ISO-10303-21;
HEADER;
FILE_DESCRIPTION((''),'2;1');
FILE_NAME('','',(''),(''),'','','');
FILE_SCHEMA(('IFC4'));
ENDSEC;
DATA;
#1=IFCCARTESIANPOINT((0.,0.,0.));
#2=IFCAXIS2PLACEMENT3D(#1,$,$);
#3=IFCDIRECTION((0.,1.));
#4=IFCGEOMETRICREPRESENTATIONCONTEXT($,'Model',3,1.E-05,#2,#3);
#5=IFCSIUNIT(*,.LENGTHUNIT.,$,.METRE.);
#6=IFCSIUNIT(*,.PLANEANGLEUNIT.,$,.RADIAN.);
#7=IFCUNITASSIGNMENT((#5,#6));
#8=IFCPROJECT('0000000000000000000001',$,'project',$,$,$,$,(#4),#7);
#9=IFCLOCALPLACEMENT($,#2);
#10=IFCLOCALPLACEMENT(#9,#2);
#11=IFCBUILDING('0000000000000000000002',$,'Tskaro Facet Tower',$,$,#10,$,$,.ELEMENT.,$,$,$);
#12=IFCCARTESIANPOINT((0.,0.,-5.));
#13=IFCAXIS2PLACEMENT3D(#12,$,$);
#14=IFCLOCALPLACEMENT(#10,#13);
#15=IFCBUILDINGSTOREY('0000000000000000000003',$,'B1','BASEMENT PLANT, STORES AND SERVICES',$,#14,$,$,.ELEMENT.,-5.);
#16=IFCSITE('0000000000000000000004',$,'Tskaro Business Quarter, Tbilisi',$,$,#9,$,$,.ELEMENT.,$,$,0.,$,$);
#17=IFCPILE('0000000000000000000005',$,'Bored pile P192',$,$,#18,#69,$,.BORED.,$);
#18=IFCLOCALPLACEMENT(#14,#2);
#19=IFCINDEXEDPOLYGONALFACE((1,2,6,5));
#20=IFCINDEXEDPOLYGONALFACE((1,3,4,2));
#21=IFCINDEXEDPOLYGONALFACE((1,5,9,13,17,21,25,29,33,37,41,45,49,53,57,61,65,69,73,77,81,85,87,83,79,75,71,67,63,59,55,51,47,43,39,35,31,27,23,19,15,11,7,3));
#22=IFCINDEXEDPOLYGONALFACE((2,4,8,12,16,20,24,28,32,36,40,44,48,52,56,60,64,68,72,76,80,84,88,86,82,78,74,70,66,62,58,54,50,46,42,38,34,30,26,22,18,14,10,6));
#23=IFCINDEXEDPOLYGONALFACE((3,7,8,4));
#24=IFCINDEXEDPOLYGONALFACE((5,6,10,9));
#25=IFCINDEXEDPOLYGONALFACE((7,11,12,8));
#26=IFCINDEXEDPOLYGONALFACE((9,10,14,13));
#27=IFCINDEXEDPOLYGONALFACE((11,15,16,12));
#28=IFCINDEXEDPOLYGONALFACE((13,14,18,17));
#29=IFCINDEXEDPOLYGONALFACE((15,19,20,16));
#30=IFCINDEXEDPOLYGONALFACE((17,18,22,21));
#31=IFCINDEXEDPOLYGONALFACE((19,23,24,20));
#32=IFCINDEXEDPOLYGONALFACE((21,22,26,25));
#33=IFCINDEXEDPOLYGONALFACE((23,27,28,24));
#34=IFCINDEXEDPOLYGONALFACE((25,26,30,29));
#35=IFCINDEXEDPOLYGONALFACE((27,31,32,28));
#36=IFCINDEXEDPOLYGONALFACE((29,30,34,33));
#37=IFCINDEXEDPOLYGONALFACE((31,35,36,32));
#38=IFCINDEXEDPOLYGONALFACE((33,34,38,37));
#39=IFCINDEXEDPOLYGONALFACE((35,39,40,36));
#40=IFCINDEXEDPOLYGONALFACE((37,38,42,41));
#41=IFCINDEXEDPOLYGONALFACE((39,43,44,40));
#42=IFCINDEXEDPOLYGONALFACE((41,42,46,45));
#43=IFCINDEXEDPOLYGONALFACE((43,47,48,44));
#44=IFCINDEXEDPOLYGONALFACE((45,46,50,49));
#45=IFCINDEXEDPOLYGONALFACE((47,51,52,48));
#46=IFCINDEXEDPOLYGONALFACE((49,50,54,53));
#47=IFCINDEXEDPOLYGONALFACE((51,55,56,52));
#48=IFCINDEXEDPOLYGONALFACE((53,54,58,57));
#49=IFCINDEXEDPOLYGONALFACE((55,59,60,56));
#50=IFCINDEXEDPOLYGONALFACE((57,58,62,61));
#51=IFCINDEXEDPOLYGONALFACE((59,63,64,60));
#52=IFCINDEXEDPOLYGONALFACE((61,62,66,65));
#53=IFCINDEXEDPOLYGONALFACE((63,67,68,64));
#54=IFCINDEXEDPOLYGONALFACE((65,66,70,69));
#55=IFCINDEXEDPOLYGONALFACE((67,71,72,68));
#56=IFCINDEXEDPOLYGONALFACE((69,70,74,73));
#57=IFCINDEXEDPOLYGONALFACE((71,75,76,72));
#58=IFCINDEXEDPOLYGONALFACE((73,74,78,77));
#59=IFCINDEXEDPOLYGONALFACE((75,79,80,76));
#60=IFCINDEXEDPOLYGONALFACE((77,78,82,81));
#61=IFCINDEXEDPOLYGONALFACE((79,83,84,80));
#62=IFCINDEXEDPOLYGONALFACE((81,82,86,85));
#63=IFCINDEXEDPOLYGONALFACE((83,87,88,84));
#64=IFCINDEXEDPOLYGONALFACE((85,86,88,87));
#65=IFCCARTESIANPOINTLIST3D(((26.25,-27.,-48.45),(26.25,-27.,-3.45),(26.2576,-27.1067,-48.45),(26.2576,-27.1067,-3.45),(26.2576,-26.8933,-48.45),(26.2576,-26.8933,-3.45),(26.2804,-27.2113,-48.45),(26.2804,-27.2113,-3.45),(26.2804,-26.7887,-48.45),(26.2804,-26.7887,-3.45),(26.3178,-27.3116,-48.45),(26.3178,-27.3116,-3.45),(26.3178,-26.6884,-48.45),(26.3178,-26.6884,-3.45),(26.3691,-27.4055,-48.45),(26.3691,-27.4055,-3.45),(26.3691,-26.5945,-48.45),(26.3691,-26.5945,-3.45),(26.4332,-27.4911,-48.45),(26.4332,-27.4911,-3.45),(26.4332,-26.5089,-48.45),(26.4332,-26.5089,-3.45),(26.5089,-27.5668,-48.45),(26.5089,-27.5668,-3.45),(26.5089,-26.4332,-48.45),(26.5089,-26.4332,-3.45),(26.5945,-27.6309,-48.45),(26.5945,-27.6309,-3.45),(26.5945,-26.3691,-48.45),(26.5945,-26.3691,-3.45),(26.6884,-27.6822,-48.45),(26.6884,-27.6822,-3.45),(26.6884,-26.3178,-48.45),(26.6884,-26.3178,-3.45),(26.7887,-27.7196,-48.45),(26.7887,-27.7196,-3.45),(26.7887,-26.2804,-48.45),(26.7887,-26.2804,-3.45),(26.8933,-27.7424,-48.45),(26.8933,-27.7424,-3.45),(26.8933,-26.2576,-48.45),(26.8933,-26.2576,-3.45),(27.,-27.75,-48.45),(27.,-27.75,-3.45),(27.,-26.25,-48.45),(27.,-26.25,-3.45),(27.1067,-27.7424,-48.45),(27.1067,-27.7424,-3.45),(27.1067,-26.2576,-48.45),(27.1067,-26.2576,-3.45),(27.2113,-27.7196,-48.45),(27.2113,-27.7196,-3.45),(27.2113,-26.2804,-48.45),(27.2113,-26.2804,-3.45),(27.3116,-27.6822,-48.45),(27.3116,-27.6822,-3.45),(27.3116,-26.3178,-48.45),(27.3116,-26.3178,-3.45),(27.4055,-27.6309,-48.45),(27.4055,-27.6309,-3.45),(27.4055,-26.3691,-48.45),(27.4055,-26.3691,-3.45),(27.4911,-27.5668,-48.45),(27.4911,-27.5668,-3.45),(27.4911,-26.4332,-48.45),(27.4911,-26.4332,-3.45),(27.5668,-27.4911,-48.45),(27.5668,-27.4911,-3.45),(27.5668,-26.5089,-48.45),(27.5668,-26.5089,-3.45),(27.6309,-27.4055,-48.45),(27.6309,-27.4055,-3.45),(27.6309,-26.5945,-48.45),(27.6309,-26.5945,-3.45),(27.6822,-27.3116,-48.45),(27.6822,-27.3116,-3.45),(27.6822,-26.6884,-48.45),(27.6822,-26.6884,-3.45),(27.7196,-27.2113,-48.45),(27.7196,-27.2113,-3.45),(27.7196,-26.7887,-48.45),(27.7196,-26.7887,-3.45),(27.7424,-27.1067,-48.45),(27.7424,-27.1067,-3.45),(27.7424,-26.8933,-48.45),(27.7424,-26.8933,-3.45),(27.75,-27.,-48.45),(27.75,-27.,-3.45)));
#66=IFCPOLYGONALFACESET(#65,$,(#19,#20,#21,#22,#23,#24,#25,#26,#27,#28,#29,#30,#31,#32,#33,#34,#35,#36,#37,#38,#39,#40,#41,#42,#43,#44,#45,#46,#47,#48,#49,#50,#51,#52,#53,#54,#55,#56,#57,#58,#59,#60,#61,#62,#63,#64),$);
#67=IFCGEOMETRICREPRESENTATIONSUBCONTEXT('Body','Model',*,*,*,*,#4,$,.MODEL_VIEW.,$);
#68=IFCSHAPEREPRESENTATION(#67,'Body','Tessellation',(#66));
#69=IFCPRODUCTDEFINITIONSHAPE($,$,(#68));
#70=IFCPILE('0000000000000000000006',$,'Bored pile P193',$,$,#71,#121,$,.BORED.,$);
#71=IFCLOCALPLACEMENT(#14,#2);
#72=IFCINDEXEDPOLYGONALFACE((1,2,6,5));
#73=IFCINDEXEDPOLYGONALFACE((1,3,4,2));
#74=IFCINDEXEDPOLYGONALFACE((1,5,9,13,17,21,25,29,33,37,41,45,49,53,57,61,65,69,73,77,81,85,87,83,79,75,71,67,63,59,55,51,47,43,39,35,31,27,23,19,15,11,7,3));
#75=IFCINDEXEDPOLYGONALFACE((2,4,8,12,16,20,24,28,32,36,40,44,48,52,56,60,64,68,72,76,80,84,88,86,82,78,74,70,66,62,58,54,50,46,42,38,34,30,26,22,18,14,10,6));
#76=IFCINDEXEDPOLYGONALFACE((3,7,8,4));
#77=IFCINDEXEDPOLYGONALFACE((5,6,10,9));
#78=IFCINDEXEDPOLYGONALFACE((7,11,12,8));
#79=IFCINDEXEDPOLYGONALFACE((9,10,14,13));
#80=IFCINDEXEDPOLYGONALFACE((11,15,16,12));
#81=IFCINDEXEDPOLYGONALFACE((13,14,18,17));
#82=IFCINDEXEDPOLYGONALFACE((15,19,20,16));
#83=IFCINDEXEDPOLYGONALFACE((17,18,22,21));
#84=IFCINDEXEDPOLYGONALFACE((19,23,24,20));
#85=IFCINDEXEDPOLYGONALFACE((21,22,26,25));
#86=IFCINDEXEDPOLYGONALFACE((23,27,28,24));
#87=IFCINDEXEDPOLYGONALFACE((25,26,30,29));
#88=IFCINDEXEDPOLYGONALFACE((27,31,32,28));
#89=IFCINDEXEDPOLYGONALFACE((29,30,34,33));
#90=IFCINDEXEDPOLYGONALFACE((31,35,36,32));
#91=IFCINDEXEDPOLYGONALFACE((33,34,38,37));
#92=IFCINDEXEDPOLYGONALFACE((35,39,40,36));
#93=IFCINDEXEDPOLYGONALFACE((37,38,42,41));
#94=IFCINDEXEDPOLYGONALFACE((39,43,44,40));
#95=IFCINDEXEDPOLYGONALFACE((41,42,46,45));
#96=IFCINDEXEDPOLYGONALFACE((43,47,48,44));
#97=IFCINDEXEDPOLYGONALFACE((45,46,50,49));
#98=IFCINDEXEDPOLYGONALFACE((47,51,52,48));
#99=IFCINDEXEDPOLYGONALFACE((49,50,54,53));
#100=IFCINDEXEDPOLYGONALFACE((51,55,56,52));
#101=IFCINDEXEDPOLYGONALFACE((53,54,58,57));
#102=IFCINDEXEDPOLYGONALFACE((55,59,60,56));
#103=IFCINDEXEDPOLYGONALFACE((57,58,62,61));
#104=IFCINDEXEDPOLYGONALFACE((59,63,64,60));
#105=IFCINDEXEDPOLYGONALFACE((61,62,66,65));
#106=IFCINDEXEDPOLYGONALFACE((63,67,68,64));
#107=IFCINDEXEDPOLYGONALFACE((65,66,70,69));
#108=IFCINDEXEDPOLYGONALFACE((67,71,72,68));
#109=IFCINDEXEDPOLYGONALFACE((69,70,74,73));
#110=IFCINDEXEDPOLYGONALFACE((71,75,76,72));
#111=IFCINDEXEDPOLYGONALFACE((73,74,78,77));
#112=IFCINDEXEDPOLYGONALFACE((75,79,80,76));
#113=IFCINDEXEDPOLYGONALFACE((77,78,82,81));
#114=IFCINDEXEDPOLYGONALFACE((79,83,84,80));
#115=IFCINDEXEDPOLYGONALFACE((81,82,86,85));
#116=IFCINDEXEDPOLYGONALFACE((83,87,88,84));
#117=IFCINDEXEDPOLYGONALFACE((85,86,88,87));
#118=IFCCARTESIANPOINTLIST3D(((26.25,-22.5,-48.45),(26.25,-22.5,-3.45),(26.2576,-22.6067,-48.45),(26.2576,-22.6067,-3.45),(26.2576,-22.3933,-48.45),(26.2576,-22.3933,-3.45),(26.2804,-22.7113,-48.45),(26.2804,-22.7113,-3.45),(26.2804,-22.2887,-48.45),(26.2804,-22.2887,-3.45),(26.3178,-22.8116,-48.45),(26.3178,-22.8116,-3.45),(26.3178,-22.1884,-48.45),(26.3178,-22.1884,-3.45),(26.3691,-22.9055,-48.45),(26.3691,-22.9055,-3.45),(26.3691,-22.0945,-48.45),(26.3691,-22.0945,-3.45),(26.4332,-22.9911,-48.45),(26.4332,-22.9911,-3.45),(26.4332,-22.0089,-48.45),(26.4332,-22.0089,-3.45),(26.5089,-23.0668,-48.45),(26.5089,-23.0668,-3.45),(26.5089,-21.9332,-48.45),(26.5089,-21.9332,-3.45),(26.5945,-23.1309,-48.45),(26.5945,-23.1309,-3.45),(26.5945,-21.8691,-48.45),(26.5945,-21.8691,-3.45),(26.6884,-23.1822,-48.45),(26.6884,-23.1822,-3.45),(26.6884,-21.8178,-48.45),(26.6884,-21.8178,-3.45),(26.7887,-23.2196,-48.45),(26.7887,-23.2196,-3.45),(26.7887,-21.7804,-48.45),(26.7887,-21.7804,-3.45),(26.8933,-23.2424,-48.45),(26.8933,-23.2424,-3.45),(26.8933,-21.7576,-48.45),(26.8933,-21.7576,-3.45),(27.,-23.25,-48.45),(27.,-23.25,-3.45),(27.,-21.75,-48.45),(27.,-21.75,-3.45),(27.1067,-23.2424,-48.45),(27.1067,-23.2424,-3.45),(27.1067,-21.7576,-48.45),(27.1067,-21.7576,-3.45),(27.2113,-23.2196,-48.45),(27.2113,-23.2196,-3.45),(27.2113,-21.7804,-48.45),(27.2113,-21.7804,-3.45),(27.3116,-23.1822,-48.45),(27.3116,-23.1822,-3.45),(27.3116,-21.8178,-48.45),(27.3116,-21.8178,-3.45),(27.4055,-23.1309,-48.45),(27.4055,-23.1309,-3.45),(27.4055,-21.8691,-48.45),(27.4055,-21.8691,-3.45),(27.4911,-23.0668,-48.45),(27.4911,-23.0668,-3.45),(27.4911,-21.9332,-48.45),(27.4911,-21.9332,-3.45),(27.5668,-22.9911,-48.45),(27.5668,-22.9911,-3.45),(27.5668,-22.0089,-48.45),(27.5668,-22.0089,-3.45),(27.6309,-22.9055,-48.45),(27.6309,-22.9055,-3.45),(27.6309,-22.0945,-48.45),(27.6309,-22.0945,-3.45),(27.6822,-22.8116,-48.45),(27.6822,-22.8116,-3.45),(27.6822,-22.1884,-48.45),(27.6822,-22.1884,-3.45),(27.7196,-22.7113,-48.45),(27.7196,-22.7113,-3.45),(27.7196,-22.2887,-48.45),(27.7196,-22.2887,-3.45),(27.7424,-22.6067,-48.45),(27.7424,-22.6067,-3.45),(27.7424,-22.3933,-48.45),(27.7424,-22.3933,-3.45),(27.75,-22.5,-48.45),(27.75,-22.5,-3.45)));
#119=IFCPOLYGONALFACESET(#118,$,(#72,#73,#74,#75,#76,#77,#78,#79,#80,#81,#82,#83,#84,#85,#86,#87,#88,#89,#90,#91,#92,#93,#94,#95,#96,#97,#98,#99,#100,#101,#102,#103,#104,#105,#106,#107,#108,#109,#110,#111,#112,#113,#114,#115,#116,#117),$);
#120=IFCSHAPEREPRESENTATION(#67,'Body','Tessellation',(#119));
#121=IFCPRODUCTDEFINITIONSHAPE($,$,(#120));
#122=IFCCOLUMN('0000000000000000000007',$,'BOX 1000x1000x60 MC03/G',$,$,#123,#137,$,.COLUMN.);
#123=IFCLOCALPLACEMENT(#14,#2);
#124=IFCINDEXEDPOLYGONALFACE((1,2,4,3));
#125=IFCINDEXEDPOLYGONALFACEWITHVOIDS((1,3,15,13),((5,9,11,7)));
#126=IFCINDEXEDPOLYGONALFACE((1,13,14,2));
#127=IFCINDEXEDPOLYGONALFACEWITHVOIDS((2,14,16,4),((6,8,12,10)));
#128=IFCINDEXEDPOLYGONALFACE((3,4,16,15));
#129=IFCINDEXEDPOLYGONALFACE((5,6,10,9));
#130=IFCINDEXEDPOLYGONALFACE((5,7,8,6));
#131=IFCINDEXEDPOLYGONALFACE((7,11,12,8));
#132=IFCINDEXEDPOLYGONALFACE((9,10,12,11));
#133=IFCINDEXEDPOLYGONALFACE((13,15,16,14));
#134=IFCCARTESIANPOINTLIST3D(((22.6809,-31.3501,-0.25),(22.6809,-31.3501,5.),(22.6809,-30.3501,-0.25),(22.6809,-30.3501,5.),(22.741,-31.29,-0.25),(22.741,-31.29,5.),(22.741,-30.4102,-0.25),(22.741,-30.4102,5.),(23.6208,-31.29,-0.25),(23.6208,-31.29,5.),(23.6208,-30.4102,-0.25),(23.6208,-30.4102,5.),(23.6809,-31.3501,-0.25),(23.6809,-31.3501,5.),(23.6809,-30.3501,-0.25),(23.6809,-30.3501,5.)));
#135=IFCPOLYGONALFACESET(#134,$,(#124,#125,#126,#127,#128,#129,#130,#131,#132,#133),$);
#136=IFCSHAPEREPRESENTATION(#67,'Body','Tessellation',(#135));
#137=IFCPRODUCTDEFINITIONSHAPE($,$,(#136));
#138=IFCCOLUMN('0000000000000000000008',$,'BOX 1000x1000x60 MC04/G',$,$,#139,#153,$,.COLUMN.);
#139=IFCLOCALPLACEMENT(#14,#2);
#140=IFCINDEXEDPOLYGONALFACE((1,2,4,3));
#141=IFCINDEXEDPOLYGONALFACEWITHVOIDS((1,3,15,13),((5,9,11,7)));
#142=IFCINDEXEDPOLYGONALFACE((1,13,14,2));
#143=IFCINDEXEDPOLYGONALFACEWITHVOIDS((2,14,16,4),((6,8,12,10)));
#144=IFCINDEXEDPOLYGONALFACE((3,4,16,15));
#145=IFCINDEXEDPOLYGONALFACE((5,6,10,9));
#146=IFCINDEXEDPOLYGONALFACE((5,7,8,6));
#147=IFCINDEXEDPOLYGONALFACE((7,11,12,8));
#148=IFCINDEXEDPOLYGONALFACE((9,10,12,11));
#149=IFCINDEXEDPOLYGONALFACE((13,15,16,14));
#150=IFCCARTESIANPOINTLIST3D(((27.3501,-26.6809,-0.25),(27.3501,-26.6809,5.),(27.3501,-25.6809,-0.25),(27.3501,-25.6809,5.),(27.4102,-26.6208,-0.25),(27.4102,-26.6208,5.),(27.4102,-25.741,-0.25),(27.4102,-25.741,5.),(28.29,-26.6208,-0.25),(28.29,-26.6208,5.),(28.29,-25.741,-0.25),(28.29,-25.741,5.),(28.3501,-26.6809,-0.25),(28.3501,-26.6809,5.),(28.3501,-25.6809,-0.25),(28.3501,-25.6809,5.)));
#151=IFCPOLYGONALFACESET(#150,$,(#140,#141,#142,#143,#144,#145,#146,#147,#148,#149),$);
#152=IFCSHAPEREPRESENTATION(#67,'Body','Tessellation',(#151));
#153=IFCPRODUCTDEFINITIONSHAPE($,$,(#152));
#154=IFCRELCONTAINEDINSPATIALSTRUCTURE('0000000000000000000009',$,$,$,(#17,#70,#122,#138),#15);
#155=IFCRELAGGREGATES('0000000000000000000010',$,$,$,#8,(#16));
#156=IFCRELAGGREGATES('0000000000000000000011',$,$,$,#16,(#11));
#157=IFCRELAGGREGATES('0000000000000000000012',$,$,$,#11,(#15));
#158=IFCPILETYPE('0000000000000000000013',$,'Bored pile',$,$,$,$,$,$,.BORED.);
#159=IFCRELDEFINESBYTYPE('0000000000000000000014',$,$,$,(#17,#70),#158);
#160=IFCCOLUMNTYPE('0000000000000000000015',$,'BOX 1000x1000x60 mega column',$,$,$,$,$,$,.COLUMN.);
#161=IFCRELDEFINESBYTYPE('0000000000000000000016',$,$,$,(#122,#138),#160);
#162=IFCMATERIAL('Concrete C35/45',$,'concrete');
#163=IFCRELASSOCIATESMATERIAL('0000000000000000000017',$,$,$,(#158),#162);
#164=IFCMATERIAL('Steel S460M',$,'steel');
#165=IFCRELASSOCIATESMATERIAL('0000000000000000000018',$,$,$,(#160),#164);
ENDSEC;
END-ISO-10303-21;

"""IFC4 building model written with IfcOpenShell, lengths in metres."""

from ifc_helpers import new_model, si_unit, direction, frame, origin, origin_2d, place, context, subcontext, project, spatial, hollow_rectangle, circle, extrude, material, material_profile, profile_set, type_object, element, save


model = new_model("IFC4")

# Units and contexts
model_context = context("Model", 3, precision=1e-05, world=origin(), true_north=direction((0.0, 1.0)))
body_context = subcontext(model_context, "Body", "Model", "MODEL_VIEW")
ifc_project = project(units=[si_unit("LENGTHUNIT", "METRE"), si_unit("PLANEANGLEUNIT", "RADIAN")], contexts=[model_context])

# Site, building, storey
site_placement = place(None, origin())
site = spatial("IfcSite", under=ifc_project, at=site_placement, Name="Tskaro Business Quarter, Tbilisi", CompositionType="ELEMENT", RefElevation=0.0)
building_placement = place(site_placement, origin())
building = spatial("IfcBuilding", under=site, at=building_placement, Name="Tskaro Facet Tower", CompositionType="ELEMENT")
storey_placement = place(building_placement, frame((0.0, 0.0, -5.0)))
storey = spatial("IfcBuildingStorey", under=building, at=storey_placement, Name="B1", Description="BASEMENT PLANT, STORES AND SERVICES", CompositionType="ELEMENT", Elevation=-5.0)

# Piles
ifc_material_1 = material(Name="Concrete C35/45", Category="concrete")
ifc_material_profile_1 = material_profile(ifc_material_1, circle(Radius=0.75, at=origin_2d()), Name="Bored pile")
ifc_profile_set_1 = profile_set([ifc_material_profile_1], Name="Concrete C35/45")
pile_type = type_object("IfcPileType", Name="Bored pile", PredefinedType="BORED", material=ifc_profile_set_1)
for number, where, z_axis, x_axis, name in (
    (1, (27.0, -27.0, -3.45), (0.0, 0.0, -1.0), (1.0, 0.0, 0.0), "Bored pile P192"),
    (2, (27.0, -22.5, -3.45), (0.0, 0.0, -1.0), (1.0, 0.0, 0.0), "Bored pile P193"),
):
    element("IfcPile", number, at=place(storey_placement, frame(where, z_axis=z_axis, x_axis=x_axis)), inside=storey, type_object=pile_type, Name=name, PredefinedType="BORED", context=body_context, shape_type="SweptSolid", body=[
        extrude(circle(Radius=0.75, at=origin_2d()), origin(), (0.0, 0.0, 1.0), 45.0),
    ])

# Columns
ifc_material_2 = material(Name="Steel S460M", Category="steel")
ifc_material_profile_2 = material_profile(ifc_material_2, hollow_rectangle(XDim=1.0, YDim=1.0, WallThickness=0.0601, at=origin_2d()), Name="BOX 1000x1000x60")
ifc_profile_set_2 = profile_set([ifc_material_profile_2], Name="Steel S460M")
column_type_1 = type_object("IfcColumnType", Name="BOX 1000x1000x60 mega column", PredefinedType="COLUMN", material=ifc_profile_set_2)
for number, where, z_axis, x_axis, name in (
    (3, (23.1809, -30.8501, -0.25), (0.0, 0.0, 1.0), (1.0, 0.0, 0.0), "BOX 1000x1000x60 MC03/G"),
    (4, (27.8501, -26.1809, -0.25), (0.0, 0.0, 1.0), (1.0, 0.0, 0.0), "BOX 1000x1000x60 MC04/G"),
):
    element("IfcColumn", number, at=place(storey_placement, frame(where, z_axis=z_axis, x_axis=x_axis)), inside=storey, type_object=column_type_1, Name=name, PredefinedType="COLUMN", context=body_context, shape_type="SweptSolid", body=[
        extrude(hollow_rectangle(XDim=1.0, YDim=1.0, WallThickness=0.0601, at=origin_2d()), origin(), (0.0, 0.0, 1.0), 5.25),
    ])

save(model, "model.ifc")
